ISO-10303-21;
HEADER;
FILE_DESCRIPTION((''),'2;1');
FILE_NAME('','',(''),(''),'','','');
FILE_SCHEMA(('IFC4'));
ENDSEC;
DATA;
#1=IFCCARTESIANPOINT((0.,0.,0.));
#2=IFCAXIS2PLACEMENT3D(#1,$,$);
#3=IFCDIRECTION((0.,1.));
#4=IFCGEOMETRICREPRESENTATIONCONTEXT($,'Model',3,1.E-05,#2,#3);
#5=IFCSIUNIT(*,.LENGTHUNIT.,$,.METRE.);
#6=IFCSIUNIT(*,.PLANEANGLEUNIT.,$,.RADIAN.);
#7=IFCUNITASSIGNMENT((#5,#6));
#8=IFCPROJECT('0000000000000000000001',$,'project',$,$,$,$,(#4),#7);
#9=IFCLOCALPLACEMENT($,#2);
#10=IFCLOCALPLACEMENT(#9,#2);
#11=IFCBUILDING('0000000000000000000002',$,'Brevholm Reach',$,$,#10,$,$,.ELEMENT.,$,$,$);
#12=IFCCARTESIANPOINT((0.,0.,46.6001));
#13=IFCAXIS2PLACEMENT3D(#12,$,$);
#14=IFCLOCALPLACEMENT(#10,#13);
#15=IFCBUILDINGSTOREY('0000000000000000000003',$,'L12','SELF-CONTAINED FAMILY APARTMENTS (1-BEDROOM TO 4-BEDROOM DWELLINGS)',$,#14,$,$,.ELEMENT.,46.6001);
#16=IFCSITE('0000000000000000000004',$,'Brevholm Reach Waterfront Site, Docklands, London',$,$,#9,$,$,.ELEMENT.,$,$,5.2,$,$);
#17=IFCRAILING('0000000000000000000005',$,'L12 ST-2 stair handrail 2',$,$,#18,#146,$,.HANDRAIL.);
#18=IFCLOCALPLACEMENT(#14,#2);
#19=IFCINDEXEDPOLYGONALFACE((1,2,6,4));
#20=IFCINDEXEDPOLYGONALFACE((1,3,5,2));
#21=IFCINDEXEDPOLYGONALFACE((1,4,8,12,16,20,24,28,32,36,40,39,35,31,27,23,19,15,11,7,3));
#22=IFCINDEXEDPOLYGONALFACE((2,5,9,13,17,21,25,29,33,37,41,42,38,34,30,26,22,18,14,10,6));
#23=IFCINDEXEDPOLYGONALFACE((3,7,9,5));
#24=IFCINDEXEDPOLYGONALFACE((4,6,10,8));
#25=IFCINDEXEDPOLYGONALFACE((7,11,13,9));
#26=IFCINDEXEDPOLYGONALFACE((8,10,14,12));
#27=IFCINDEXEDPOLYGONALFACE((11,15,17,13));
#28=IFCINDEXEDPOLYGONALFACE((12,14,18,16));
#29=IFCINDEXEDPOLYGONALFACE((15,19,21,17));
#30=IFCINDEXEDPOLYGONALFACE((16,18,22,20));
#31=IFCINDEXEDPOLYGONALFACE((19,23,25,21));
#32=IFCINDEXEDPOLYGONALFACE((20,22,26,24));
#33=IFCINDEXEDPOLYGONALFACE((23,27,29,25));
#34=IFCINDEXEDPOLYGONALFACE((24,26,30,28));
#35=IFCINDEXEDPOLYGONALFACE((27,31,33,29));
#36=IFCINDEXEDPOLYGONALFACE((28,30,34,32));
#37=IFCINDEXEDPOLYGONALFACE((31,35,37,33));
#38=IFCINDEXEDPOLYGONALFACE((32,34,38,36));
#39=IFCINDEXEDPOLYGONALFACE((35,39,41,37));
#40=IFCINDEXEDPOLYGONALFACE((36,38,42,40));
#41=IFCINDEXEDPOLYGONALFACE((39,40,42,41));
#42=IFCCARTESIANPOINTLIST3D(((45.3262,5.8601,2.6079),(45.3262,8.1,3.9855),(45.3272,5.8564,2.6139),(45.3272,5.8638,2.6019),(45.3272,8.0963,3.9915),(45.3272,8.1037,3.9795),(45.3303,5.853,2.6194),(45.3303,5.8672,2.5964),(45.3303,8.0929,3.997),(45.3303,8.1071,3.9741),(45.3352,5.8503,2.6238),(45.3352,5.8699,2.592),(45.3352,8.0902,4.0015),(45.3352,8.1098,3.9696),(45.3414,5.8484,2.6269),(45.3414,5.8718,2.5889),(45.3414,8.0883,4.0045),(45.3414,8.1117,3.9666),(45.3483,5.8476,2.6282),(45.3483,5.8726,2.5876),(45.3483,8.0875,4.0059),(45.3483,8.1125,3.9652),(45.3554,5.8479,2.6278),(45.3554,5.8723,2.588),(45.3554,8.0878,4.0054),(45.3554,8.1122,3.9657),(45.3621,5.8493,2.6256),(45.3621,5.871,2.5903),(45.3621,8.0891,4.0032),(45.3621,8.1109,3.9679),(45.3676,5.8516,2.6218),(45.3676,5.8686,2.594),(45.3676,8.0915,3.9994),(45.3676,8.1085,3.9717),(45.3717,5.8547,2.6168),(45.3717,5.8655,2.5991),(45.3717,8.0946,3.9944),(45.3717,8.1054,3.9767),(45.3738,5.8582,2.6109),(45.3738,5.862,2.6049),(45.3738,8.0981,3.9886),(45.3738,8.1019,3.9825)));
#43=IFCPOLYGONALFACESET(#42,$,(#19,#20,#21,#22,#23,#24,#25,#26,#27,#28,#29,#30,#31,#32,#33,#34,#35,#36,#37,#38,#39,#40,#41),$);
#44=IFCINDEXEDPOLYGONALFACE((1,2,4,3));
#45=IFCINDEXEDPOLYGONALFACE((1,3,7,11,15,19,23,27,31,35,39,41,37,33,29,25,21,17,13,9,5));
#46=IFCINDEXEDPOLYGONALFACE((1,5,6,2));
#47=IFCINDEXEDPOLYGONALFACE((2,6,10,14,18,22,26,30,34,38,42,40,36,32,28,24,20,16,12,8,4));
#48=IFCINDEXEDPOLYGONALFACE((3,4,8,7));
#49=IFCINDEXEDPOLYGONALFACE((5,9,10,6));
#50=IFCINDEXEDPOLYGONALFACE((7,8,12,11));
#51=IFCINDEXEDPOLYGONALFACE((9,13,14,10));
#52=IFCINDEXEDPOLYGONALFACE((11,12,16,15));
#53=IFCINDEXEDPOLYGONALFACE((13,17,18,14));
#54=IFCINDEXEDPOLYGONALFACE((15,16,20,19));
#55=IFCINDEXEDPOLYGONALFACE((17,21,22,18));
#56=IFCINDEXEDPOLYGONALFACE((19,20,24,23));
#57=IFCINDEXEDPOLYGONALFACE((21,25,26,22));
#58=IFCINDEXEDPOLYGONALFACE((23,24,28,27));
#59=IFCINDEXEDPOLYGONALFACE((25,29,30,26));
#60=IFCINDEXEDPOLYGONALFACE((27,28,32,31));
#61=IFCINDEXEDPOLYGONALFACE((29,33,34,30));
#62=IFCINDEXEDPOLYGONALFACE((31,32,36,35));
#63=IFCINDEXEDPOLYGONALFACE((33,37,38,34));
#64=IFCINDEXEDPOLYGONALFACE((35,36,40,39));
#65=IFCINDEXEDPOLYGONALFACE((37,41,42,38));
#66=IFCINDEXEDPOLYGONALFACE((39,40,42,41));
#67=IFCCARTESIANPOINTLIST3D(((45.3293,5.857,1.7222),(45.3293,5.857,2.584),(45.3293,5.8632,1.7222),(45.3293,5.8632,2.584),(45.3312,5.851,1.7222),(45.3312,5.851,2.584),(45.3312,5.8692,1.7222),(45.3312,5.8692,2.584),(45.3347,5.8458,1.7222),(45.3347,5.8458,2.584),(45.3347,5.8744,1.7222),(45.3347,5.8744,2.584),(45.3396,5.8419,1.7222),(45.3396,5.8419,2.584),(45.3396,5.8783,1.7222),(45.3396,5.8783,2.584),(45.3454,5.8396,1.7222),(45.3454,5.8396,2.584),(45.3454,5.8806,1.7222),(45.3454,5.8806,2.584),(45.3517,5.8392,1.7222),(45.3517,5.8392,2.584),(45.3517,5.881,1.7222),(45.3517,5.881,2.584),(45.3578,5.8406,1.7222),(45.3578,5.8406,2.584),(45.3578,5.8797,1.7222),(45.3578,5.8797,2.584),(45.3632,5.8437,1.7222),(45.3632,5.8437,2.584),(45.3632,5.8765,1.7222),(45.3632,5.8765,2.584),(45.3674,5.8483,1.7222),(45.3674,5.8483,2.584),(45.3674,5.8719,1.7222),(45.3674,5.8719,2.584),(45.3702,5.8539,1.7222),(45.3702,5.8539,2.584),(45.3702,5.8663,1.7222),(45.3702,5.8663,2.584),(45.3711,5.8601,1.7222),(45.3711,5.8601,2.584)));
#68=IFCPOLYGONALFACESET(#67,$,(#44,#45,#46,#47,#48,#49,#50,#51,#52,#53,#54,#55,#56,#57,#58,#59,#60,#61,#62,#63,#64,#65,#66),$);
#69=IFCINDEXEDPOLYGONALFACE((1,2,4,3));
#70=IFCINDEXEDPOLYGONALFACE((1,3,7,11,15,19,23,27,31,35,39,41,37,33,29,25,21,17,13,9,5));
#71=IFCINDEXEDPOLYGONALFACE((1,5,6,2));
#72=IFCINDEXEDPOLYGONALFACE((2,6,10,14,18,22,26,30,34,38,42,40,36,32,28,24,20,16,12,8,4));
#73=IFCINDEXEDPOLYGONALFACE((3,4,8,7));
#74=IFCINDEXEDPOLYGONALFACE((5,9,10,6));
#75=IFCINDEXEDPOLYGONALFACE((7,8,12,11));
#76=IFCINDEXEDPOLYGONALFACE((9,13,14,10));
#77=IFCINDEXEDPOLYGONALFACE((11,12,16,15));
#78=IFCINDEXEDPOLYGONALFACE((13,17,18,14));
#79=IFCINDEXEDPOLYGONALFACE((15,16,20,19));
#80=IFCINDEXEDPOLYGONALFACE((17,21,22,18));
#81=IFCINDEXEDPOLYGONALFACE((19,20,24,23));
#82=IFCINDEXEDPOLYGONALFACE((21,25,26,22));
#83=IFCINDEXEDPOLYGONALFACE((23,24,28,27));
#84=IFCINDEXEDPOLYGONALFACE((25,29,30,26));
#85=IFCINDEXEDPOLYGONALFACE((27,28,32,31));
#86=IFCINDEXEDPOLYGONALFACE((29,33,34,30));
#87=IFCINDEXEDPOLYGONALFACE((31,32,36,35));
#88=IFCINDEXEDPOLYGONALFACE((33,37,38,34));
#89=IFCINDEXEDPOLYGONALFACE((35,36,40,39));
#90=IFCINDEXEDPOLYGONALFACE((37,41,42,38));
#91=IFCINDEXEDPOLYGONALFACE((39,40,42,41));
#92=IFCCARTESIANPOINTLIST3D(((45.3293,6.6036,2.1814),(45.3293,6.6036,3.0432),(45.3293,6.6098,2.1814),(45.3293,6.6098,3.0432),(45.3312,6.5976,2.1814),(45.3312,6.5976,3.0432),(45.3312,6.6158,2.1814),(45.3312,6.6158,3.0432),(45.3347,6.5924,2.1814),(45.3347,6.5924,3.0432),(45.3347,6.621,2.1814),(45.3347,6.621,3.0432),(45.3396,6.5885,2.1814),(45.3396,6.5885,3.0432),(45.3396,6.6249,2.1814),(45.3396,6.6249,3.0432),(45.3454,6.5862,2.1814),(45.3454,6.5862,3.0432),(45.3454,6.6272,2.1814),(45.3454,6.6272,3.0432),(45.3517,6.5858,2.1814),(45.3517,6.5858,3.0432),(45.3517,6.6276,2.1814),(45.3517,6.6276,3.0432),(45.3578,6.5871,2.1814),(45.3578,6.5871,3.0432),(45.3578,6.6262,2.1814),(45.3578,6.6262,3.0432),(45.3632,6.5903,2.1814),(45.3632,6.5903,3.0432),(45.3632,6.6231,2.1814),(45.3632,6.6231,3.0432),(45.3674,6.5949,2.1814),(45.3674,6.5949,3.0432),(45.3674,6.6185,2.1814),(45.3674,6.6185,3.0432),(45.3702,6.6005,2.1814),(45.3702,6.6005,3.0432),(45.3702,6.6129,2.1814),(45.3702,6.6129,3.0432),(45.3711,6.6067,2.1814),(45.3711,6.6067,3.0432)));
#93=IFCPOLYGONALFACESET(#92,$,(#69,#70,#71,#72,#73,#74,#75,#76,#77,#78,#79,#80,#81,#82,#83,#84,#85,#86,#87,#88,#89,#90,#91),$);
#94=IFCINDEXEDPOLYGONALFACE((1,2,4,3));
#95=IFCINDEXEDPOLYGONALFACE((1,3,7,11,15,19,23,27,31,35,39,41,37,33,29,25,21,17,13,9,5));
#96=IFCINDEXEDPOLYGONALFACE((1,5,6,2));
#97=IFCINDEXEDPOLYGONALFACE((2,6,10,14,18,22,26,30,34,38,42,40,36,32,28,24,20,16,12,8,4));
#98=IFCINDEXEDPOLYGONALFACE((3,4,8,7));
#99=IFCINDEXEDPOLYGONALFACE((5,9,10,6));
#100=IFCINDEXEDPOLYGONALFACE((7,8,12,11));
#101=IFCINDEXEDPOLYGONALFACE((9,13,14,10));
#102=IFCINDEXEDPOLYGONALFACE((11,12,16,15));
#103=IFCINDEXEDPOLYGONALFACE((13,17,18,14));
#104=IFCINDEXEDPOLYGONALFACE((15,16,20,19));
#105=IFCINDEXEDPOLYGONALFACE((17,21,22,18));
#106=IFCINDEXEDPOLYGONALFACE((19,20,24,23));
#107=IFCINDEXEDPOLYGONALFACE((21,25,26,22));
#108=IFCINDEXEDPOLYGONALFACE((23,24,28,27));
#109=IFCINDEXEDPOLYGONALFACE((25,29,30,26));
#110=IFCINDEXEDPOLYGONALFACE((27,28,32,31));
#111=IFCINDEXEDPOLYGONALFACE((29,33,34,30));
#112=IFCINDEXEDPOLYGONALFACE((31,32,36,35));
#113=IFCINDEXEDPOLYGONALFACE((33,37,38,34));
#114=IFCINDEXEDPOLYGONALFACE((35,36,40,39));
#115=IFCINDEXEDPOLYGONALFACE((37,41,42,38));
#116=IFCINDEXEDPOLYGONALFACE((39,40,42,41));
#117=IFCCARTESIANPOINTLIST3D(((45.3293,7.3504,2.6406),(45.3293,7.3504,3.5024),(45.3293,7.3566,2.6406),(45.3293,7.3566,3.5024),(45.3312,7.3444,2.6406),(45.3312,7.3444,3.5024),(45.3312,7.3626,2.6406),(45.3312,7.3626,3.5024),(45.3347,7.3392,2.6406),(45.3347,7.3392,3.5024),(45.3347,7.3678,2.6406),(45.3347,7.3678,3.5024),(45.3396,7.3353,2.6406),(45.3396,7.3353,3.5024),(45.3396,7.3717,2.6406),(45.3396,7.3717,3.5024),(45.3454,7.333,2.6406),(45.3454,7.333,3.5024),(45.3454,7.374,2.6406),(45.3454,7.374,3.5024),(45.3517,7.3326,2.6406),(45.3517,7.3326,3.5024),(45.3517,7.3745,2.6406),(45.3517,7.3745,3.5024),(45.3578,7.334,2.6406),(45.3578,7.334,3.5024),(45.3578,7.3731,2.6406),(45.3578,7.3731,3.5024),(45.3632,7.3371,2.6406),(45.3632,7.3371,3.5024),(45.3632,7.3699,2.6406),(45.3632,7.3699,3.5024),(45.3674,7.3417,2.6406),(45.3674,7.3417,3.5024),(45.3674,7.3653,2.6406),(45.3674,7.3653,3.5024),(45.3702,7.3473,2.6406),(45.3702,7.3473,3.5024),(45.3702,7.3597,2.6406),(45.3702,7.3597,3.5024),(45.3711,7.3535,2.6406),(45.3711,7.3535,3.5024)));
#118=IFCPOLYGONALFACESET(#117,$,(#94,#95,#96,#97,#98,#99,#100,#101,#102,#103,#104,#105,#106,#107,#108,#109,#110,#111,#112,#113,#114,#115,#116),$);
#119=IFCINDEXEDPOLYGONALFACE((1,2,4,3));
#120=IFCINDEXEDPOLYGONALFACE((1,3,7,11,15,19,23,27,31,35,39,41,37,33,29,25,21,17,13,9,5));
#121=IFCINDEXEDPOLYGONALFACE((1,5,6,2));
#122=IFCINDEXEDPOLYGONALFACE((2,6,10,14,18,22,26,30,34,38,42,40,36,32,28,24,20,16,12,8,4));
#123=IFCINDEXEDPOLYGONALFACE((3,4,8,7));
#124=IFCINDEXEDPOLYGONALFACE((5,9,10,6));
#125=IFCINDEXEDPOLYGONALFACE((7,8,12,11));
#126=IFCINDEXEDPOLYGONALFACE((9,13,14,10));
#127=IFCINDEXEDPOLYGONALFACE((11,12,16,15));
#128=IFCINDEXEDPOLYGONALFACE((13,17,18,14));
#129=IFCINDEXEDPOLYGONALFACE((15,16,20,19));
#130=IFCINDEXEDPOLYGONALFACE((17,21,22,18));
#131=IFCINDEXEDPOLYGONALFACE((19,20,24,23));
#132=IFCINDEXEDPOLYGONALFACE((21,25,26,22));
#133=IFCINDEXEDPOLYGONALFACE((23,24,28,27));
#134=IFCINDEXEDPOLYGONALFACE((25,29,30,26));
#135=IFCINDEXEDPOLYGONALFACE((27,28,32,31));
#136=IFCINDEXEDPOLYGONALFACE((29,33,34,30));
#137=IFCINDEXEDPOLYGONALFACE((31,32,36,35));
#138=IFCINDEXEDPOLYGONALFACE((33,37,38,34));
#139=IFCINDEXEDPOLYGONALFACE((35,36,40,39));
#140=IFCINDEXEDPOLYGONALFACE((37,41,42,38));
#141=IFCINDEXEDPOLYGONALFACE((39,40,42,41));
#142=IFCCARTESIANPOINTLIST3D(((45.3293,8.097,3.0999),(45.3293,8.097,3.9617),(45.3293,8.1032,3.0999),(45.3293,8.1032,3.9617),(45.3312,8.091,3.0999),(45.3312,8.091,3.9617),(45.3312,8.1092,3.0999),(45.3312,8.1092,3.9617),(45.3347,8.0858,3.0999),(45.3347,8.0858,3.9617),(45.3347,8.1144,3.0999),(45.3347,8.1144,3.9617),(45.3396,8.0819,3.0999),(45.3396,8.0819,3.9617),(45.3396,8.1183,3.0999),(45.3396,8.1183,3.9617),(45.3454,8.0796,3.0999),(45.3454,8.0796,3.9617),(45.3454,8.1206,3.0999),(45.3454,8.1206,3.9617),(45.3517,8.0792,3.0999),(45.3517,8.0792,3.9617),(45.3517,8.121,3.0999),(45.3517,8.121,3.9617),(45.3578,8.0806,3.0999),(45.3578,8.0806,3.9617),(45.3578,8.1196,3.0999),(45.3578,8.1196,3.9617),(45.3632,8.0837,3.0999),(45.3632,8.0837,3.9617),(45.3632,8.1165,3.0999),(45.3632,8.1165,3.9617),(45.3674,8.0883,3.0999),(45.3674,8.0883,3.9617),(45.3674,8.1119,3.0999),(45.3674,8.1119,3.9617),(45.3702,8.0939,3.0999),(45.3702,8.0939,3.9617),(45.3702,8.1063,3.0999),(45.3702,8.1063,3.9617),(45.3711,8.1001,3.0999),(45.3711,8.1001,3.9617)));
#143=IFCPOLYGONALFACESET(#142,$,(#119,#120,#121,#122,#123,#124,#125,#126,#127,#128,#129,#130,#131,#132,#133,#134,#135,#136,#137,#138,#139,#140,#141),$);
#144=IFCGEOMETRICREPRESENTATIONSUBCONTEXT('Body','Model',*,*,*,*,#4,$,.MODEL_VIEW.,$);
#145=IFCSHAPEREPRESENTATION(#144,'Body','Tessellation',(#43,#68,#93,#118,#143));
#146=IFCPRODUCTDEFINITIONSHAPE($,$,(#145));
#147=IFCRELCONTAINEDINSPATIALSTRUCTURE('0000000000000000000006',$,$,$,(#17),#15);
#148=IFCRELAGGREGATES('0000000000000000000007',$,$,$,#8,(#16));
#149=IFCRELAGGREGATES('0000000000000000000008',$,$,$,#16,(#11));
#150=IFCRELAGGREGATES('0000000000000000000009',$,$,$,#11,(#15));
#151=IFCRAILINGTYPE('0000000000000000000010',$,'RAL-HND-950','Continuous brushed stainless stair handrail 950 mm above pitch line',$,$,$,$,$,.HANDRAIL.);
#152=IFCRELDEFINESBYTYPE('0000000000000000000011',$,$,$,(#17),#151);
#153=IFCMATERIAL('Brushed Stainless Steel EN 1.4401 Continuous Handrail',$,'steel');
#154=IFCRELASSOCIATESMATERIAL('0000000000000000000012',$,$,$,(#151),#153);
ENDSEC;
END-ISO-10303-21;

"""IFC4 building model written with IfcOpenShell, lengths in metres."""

from ifc_helpers import new_model, si_unit, direction, frame, origin, origin_2d, place, context, subcontext, project, spatial, circle, extrude, material, type_object, element, save


model = new_model("IFC4")

# Units and contexts
model_context = context("Model", 3, precision=1e-05, world=origin(), true_north=direction((0.0, 1.0)))
body_context = subcontext(model_context, "Body", "Model", "MODEL_VIEW")
ifc_project = project(units=[si_unit("LENGTHUNIT", "METRE"), si_unit("PLANEANGLEUNIT", "RADIAN")], contexts=[model_context])

# Site, building, storey
site_placement = place(None, origin())
site = spatial("IfcSite", under=ifc_project, at=site_placement, Name="Brevholm Reach Waterfront Site, Docklands, London", CompositionType="ELEMENT", RefElevation=5.2)
building_placement = place(site_placement, origin())
building = spatial("IfcBuilding", under=site, at=building_placement, Name="Brevholm Reach", CompositionType="ELEMENT")
storey_placement = place(building_placement, frame((0.0, 0.0, 46.6001)))
storey = spatial("IfcBuildingStorey", under=building, at=storey_placement, Name="L12", Description="SELF-CONTAINED FAMILY APARTMENTS (1-BEDROOM TO 4-BEDROOM DWELLINGS)", CompositionType="ELEMENT", Elevation=46.6001)

# Railing
ifc_material_1 = material(Name="Brushed Stainless Steel EN 1.4401 Continuous Handrail", Category="steel")
railing_type_1 = type_object("IfcRailingType", Name="RAL-HND-950", Description="Continuous brushed stainless stair handrail 950 mm above pitch line", PredefinedType="HANDRAIL", material=ifc_material_1)
railing_1_placement = place(storey_placement, frame((45.3501, 5.8601, 1.7222)))
element("IfcRailing", 1, at=railing_1_placement, inside=storey, type_object=railing_type_1, Name="L12 ST-2 stair handrail 2", PredefinedType="HANDRAIL", context=body_context, shape_type="SweptSolid", body=[
    extrude(circle(Radius=0.0239, at=origin_2d()), frame((0.0, 0.0, 0.8857), z_axis=(0.0, 0.851789, 0.523885), x_axis=(-1.0, 0.0, 0.0)), (0.0, 0.0, 1.0), 2.6296),
    extrude(circle(Radius=0.021, at=origin_2d()), origin(), (0.0, 0.0, 1.0), 0.8618),
    extrude(circle(Radius=0.021, at=origin_2d()), frame((0.0, 0.7466, 0.4592)), (0.0, 0.0, 1.0), 0.8618),
    extrude(circle(Radius=0.021, at=origin_2d()), frame((0.0, 1.4934, 0.9185)), (0.0, 0.0, 1.0), 0.8618),
    extrude(circle(Radius=0.021, at=origin_2d()), frame((0.0, 2.24, 1.3777)), (0.0, 0.0, 1.0), 0.8618),
])

save(model, "model.ifc")
